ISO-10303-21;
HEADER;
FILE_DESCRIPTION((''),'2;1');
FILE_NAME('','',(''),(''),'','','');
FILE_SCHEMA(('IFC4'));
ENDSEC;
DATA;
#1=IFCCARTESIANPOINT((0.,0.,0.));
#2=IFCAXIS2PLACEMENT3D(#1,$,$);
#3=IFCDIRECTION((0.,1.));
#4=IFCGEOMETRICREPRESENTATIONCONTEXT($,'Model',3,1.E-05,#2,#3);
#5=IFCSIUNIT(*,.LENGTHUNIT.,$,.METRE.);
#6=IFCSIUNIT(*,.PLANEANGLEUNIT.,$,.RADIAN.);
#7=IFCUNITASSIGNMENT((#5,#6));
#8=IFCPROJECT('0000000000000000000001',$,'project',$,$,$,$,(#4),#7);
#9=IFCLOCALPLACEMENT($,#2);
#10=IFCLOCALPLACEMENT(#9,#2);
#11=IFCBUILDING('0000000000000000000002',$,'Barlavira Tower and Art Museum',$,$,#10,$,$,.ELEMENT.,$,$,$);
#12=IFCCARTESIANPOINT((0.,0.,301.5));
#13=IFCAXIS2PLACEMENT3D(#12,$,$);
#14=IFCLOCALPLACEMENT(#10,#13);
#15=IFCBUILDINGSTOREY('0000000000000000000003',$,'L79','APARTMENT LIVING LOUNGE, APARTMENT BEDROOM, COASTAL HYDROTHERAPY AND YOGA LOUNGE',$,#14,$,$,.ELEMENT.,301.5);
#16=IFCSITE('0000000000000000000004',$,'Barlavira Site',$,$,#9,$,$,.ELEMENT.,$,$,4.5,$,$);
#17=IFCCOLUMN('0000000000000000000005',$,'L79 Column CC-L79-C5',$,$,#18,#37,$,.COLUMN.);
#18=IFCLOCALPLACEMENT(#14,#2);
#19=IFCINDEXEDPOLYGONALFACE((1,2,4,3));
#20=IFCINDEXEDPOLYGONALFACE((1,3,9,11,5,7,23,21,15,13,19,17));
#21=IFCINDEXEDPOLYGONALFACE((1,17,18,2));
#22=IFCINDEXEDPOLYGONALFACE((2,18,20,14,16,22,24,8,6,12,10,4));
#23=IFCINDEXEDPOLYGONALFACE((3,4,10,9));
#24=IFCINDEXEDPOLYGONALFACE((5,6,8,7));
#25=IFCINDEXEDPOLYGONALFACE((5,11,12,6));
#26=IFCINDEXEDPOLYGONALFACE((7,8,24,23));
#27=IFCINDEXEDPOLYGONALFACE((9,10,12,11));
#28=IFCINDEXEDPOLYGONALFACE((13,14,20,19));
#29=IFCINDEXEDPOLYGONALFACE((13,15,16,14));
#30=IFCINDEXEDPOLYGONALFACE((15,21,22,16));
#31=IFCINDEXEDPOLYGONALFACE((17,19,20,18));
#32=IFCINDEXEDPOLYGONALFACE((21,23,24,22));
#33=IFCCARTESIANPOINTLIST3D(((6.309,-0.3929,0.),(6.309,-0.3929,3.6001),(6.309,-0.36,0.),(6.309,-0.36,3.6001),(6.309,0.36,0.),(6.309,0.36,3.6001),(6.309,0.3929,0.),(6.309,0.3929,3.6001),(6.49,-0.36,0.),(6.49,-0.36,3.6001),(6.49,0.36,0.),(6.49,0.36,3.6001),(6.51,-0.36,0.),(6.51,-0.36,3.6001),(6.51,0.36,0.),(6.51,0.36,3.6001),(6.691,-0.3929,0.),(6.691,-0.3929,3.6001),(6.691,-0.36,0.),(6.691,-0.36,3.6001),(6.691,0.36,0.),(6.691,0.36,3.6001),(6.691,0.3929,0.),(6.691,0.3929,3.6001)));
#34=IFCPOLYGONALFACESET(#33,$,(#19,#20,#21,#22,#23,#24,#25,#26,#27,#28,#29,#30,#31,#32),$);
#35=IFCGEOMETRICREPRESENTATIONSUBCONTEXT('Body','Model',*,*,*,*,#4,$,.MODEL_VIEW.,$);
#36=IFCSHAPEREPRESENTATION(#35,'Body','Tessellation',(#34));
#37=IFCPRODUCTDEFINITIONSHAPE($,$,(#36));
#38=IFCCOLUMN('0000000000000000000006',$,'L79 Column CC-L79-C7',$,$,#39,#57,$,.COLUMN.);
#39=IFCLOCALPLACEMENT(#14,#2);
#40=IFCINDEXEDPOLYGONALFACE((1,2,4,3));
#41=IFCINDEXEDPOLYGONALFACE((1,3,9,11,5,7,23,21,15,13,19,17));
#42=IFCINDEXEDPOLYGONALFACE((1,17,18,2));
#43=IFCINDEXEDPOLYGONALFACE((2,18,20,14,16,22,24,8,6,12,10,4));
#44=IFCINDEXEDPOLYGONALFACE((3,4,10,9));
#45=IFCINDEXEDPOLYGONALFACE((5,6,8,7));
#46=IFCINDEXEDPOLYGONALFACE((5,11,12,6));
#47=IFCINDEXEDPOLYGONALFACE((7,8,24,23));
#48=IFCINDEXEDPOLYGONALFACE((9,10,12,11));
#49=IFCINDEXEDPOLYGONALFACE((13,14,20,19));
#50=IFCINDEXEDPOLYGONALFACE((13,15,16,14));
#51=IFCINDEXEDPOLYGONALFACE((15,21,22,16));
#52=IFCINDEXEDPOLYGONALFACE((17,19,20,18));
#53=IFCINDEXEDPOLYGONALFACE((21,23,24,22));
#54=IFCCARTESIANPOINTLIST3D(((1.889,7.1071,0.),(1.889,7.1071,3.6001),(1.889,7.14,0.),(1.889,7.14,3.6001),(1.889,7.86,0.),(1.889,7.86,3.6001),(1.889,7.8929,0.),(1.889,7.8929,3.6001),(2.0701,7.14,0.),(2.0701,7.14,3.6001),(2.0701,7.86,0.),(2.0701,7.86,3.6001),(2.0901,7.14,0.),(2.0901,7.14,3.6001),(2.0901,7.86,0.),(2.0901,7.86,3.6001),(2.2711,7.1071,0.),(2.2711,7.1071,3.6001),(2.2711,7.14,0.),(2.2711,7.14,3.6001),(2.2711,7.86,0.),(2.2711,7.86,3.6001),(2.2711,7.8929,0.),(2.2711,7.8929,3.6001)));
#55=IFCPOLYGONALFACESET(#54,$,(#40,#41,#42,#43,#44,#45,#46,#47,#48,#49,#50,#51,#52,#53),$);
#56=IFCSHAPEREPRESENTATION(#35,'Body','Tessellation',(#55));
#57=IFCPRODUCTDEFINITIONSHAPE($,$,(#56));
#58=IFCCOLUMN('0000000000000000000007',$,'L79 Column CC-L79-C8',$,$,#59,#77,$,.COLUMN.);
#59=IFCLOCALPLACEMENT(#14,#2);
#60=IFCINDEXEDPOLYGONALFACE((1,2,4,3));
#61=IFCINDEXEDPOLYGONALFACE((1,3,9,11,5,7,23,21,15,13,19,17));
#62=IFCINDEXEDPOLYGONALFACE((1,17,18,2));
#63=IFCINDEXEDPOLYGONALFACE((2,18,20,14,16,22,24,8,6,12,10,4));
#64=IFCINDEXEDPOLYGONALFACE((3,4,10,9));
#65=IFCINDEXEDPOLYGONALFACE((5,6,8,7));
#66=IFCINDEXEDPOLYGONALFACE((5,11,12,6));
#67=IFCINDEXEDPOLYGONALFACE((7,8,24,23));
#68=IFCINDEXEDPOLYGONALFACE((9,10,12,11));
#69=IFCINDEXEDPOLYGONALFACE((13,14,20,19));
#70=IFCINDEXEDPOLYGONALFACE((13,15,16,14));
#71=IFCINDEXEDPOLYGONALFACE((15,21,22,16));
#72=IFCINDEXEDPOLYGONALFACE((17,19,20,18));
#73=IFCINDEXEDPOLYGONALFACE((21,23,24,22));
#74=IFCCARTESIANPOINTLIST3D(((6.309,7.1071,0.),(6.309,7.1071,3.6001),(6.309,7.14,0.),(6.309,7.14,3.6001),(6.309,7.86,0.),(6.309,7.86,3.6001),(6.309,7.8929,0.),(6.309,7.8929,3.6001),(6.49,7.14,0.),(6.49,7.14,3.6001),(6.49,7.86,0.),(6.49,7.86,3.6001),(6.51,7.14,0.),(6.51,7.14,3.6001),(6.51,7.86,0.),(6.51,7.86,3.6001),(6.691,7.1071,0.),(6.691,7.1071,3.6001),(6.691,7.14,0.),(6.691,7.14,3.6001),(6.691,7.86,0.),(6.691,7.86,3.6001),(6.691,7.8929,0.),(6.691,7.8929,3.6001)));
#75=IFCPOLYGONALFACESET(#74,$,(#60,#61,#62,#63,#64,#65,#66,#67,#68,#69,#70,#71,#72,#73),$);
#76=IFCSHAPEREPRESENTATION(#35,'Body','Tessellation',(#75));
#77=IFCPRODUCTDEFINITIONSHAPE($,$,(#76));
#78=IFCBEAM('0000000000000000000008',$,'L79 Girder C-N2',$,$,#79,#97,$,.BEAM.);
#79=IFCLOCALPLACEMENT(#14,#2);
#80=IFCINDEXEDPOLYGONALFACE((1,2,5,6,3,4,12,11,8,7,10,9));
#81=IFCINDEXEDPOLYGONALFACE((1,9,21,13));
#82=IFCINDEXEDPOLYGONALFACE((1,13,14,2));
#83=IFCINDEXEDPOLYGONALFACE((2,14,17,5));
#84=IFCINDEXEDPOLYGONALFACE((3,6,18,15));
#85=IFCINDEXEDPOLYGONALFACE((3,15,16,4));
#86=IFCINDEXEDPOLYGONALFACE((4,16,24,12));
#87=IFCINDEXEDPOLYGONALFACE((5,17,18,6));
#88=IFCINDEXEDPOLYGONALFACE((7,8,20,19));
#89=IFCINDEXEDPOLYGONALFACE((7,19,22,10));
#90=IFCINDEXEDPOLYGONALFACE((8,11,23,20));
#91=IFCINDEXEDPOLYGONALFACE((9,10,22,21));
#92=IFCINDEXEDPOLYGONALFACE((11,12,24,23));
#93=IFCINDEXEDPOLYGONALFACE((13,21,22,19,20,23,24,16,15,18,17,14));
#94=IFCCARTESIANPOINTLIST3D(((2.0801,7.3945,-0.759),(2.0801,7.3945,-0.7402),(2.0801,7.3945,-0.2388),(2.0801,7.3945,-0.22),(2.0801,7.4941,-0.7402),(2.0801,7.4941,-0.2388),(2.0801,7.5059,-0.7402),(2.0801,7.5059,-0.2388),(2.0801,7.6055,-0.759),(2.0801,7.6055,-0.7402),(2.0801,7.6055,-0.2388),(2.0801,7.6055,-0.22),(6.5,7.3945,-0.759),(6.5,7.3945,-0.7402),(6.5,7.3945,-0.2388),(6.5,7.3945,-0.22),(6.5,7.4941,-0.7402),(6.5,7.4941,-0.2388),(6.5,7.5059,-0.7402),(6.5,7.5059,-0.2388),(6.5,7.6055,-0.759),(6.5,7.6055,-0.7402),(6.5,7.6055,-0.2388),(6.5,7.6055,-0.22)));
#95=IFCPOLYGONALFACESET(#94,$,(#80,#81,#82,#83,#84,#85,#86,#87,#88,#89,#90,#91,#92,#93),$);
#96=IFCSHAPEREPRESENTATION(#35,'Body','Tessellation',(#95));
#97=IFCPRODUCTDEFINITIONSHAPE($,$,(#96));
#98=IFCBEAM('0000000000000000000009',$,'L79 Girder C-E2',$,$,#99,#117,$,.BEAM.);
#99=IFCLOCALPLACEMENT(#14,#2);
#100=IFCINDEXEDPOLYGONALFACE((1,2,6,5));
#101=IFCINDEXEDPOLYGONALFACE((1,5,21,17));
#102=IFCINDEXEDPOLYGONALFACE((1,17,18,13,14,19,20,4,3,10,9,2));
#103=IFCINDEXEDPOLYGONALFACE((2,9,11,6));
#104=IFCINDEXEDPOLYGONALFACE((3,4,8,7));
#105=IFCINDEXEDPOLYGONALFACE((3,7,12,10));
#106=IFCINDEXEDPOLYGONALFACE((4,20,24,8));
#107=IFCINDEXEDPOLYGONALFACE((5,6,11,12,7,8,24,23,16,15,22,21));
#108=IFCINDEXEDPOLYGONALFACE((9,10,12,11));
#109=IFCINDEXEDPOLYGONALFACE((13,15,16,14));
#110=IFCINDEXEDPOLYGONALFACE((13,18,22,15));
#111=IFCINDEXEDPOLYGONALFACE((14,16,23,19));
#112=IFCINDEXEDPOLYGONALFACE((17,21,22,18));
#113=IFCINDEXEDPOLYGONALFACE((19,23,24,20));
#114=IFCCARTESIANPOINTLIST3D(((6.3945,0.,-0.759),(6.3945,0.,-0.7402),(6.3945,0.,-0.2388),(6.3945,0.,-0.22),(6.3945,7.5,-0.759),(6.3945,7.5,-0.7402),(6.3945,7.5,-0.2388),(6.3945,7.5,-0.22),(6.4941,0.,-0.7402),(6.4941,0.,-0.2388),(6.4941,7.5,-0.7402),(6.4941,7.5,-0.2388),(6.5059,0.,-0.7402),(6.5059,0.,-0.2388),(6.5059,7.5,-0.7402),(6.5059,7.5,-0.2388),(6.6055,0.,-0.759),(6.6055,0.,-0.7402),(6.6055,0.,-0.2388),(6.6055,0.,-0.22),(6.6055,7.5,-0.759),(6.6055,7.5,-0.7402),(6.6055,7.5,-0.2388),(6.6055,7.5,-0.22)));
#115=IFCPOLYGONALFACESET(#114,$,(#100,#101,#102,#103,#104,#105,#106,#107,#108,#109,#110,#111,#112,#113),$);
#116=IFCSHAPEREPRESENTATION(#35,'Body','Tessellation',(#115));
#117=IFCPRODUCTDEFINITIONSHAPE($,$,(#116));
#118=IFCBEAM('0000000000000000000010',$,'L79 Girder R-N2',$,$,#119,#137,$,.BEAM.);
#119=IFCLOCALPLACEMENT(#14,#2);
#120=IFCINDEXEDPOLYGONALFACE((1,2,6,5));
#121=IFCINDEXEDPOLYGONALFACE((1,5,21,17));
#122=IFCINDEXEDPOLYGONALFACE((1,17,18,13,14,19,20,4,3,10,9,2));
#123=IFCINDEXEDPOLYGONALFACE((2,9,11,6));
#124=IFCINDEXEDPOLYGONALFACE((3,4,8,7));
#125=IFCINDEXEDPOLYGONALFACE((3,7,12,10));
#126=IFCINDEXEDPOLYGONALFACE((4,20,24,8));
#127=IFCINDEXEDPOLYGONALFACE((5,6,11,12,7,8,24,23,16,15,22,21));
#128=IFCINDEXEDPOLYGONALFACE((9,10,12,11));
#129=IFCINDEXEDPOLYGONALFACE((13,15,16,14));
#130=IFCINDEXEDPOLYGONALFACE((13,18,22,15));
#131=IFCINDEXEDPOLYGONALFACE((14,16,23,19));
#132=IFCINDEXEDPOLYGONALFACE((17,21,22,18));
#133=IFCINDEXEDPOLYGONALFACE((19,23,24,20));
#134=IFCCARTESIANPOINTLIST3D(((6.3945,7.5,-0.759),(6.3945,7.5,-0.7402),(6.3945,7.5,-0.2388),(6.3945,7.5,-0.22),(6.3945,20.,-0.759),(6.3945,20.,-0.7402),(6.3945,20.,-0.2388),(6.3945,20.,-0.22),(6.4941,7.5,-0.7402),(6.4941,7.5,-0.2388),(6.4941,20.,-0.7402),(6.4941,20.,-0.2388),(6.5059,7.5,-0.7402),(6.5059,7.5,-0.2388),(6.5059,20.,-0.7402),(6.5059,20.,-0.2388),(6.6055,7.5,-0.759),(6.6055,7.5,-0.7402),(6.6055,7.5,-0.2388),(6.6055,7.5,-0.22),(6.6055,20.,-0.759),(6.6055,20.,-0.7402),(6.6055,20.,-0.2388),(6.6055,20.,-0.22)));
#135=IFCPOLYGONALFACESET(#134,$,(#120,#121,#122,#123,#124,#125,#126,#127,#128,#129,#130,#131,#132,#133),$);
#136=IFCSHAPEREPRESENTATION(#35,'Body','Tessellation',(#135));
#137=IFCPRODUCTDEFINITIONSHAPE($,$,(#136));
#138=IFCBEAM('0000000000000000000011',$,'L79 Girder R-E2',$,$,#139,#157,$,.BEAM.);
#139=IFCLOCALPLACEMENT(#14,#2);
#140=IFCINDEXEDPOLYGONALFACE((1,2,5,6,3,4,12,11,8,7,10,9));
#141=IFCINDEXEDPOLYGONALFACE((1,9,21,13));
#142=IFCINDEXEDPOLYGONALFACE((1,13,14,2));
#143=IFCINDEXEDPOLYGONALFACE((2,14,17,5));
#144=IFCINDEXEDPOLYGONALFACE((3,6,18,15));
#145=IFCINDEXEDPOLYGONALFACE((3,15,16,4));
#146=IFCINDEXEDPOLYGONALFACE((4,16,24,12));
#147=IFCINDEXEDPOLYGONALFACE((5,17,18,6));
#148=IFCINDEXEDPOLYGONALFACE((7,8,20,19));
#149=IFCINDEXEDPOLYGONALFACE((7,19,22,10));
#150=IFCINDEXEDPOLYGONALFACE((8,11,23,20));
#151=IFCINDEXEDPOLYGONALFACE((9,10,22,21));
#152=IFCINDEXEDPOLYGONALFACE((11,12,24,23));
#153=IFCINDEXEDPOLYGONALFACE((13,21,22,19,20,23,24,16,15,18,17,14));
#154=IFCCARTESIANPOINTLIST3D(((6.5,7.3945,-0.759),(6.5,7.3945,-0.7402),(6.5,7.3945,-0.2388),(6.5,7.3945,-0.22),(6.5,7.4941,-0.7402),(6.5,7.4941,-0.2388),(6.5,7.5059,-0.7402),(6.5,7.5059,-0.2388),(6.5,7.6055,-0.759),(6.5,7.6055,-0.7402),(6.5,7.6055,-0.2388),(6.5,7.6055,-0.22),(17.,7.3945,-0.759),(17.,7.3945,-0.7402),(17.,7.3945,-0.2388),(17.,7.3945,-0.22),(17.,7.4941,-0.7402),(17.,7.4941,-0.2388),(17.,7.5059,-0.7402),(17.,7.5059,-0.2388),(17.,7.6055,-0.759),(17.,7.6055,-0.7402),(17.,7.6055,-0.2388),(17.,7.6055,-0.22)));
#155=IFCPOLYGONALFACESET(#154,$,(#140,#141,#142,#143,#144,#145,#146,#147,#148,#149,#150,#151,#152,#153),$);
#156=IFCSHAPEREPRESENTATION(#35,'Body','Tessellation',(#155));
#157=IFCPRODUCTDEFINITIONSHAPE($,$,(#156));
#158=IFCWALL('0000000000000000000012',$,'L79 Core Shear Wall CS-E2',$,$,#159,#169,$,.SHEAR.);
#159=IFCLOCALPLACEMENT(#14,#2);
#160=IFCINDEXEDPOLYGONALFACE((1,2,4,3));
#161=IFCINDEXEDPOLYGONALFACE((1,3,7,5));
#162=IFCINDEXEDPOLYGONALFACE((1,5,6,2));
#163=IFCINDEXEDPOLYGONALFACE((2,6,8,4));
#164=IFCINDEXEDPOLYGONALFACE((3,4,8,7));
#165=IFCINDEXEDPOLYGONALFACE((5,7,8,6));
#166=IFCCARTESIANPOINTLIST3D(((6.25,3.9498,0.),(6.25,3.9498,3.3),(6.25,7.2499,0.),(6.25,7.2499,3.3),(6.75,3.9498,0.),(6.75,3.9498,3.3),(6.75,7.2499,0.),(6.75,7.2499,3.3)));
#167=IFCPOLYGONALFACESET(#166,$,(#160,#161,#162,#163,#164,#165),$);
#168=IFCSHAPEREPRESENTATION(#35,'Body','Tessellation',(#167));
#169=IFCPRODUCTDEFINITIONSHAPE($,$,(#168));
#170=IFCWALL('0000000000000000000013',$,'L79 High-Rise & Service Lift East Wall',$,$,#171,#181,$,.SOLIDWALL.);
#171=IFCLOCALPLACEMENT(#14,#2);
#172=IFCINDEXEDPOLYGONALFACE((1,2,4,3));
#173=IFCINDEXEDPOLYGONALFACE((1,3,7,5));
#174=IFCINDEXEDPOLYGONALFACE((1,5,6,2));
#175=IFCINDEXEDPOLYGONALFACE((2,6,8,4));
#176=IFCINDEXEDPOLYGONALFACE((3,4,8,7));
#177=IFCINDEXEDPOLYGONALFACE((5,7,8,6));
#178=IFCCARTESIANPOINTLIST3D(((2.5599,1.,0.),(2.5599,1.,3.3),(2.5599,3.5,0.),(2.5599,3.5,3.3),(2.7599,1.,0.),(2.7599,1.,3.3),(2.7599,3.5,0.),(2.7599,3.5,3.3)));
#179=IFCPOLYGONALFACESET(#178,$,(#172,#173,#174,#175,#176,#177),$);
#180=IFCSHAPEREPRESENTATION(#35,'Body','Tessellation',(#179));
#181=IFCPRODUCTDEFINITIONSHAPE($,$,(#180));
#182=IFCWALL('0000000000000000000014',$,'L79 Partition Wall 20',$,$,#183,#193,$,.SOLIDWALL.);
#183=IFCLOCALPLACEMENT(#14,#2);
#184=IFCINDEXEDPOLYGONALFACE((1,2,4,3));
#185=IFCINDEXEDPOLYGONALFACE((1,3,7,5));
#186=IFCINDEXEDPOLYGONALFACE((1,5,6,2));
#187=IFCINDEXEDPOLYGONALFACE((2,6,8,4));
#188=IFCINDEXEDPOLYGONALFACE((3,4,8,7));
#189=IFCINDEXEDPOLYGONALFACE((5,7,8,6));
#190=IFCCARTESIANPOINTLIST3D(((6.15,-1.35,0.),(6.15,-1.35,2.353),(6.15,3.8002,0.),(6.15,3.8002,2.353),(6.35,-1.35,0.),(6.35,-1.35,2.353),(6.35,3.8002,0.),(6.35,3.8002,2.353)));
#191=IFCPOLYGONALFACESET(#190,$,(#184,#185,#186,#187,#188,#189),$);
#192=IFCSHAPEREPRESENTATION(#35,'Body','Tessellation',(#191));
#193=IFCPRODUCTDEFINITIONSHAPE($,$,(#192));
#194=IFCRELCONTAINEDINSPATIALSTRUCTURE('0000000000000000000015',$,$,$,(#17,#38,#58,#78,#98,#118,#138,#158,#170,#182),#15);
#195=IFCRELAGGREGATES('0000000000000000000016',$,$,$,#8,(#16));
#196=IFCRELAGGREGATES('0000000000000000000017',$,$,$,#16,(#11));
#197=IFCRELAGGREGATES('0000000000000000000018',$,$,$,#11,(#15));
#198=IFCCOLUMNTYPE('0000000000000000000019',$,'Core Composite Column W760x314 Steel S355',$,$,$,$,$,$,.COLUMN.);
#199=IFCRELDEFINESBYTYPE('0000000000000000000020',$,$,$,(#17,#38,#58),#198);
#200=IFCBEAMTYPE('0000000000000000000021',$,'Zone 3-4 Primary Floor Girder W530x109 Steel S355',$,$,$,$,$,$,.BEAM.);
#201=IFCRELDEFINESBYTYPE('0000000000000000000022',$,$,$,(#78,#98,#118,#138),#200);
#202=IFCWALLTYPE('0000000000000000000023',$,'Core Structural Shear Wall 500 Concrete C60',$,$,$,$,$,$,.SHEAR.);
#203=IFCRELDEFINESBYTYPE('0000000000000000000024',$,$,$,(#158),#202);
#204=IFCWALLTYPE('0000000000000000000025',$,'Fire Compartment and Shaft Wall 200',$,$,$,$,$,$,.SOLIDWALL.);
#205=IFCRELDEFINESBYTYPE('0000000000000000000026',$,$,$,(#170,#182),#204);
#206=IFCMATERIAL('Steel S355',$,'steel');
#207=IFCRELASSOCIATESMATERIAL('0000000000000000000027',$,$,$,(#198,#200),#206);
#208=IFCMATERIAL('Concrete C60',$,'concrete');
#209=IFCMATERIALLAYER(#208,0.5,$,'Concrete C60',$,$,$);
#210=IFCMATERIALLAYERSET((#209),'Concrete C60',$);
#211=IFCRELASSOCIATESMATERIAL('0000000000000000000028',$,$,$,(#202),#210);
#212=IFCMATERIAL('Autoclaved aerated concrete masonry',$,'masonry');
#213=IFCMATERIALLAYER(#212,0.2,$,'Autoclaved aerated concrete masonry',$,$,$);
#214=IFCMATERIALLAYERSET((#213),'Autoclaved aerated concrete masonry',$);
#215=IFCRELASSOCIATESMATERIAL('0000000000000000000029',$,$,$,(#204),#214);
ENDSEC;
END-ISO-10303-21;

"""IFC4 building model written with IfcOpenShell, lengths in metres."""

from ifc_helpers import new_model, si_unit, direction, frame, frame_2d, origin, origin_2d, place, context, subcontext, project, spatial, rectangle, i_section, extrude, material, layer, layer_set, material_profile, profile_set, type_object, element, save


model = new_model("IFC4")

# Units and contexts
model_context = context("Model", 3, precision=1e-05, world=origin(), true_north=direction((0.0, 1.0)))
body_context = subcontext(model_context, "Body", "Model", "MODEL_VIEW")
ifc_project = project(units=[si_unit("LENGTHUNIT", "METRE"), si_unit("PLANEANGLEUNIT", "RADIAN")], contexts=[model_context])

# Site, building, storey
site_placement = place(None, origin())
site = spatial("IfcSite", under=ifc_project, at=site_placement, Name="Barlavira Site", CompositionType="ELEMENT", RefElevation=4.5)
building_placement = place(site_placement, origin())
building = spatial("IfcBuilding", under=site, at=building_placement, Name="Barlavira Tower and Art Museum", CompositionType="ELEMENT")
storey_placement = place(building_placement, frame((0.0, 0.0, 301.5)))
storey = spatial("IfcBuildingStorey", under=building, at=storey_placement, Name="L79", Description="APARTMENT LIVING LOUNGE, APARTMENT BEDROOM, COASTAL HYDROTHERAPY AND YOGA LOUNGE", CompositionType="ELEMENT", Elevation=301.5)

# Columns
ifc_material_1 = material(Name="Steel S355", Category="steel")
ifc_material_profile_1 = material_profile(ifc_material_1, i_section(OverallWidth=0.3821, OverallDepth=0.7859, WebThickness=0.02, FlangeThickness=0.033, at=origin_2d()), Name="W760x314.0")
ifc_profile_set_1 = profile_set([ifc_material_profile_1], Name="Steel S355")
column_type = type_object("IfcColumnType", Name="Core Composite Column W760x314 Steel S355", PredefinedType="COLUMN", material=ifc_profile_set_1)
for number, where, z_axis, x_axis, name in (
    (1, (6.5, 0.0, 0.0), (0.0, 0.0, 1.0), (1.0, 0.0, 0.0), "L79 Column CC-L79-C5"),
    (2, (2.0801, 7.5, 0.0), (0.0, 0.0, 1.0), (1.0, 0.0, 0.0), "L79 Column CC-L79-C7"),
    (3, (6.5, 7.5, 0.0), (0.0, 0.0, 1.0), (1.0, 0.0, 0.0), "L79 Column CC-L79-C8"),
):
    element("IfcColumn", number, at=place(storey_placement, frame(where, z_axis=z_axis, x_axis=x_axis)), inside=storey, type_object=column_type, Name=name, PredefinedType="COLUMN", context=body_context, shape_type="SweptSolid", body=[
        extrude(i_section(OverallWidth=0.3821, OverallDepth=0.7859, WebThickness=0.02, FlangeThickness=0.033, at=origin_2d()), origin(), (0.0, 0.0, 1.0), 3.6001),
    ])

# Beams
ifc_material_profile_2 = material_profile(ifc_material_1, i_section(OverallWidth=0.2109, OverallDepth=0.5391, WebThickness=0.0117, FlangeThickness=0.0188, at=origin_2d()), Name="W530x109.0")
ifc_profile_set_2 = profile_set([ifc_material_profile_2], Name="Steel S355")
beam_type = type_object("IfcBeamType", Name="Zone 3-4 Primary Floor Girder W530x109 Steel S355", PredefinedType="BEAM", material=ifc_profile_set_2)
beam_1_placement = place(storey_placement, frame((2.0801, 7.5, -0.4895), z_axis=(1.0, 0.0, 0.0), x_axis=(0.0, 1.0, 0.0)))
element("IfcBeam", 4, at=beam_1_placement, inside=storey, type_object=beam_type, Name="L79 Girder C-N2", PredefinedType="BEAM", context=body_context, shape_type="SweptSolid", body=[
    extrude(i_section(OverallWidth=0.2109, OverallDepth=0.5391, WebThickness=0.0117, FlangeThickness=0.0188, at=origin_2d()), origin(), (0.0, 0.0, 1.0), 4.4199),
])
beam_2_placement = place(storey_placement, frame((6.5, 0.0, -0.4895), z_axis=(0.0, 1.0, 0.0), x_axis=(-1.0, 0.0, 0.0)))
element("IfcBeam", 5, at=beam_2_placement, inside=storey, type_object=beam_type, Name="L79 Girder C-E2", PredefinedType="BEAM", context=body_context, shape_type="SweptSolid", body=[
    extrude(i_section(OverallWidth=0.2109, OverallDepth=0.5391, WebThickness=0.0117, FlangeThickness=0.0188, at=origin_2d()), origin(), (0.0, 0.0, 1.0), 7.5),
])
beam_3_placement = place(storey_placement, frame((6.5, 7.5, -0.4895), z_axis=(0.0, 1.0, 0.0), x_axis=(-1.0, 0.0, 0.0)))
element("IfcBeam", 6, at=beam_3_placement, inside=storey, type_object=beam_type, Name="L79 Girder R-N2", PredefinedType="BEAM", context=body_context, shape_type="SweptSolid", body=[
    extrude(i_section(OverallWidth=0.2109, OverallDepth=0.5391, WebThickness=0.0117, FlangeThickness=0.0188, at=origin_2d()), origin(), (0.0, 0.0, 1.0), 12.5),
])
beam_4_placement = place(storey_placement, frame((6.5, 7.5, -0.4895), z_axis=(1.0, 0.0, 0.0), x_axis=(0.0, 1.0, 0.0)))
element("IfcBeam", 7, at=beam_4_placement, inside=storey, type_object=beam_type, Name="L79 Girder R-E2", PredefinedType="BEAM", context=body_context, shape_type="SweptSolid", body=[
    extrude(i_section(OverallWidth=0.2109, OverallDepth=0.5391, WebThickness=0.0117, FlangeThickness=0.0188, at=origin_2d()), origin(), (0.0, 0.0, 1.0), 10.5),
])

# Walls
ifc_material_2 = material(Name="Concrete C60", Category="concrete")
ifc_layer_1 = layer(ifc_material_2, 0.5, Name="Concrete C60")
ifc_layer_set_1 = layer_set([ifc_layer_1], Name="Concrete C60")
wall_type_1 = type_object("IfcWallType", Name="Core Structural Shear Wall 500 Concrete C60", PredefinedType="SHEAR", material=ifc_layer_set_1)
wall_1_placement = place(storey_placement, frame((6.5, 3.95, 0.0), z_axis=(0.0, 0.0, 1.0), x_axis=(0.0, 1.0, 0.0)))
element("IfcWall", 8, at=wall_1_placement, inside=storey, type_object=wall_type_1, Name="L79 Core Shear Wall CS-E2", PredefinedType="SHEAR", context=body_context, shape_type="SweptSolid", body=[
    extrude(rectangle(XDim=3.3, YDim=0.5, at=frame_2d((1.6499, 0.0))), origin(), (0.0, 0.0, 1.0), 3.3),
])
ifc_material_3 = material(Name="Autoclaved aerated concrete masonry", Category="masonry")
ifc_layer_2 = layer(ifc_material_3, 0.2, Name="Autoclaved aerated concrete masonry")
ifc_layer_set_2 = layer_set([ifc_layer_2], Name="Autoclaved aerated concrete masonry")
wall_type_2 = type_object("IfcWallType", Name="Fire Compartment and Shaft Wall 200", PredefinedType="SOLIDWALL", material=ifc_layer_set_2)
wall_2_placement = place(storey_placement, frame((2.6599, 1.0, 0.0), z_axis=(0.0, 0.0, 1.0), x_axis=(0.0, 1.0, 0.0)))
element("IfcWall", 9, at=wall_2_placement, inside=storey, type_object=wall_type_2, Name="L79 High-Rise & Service Lift East Wall", PredefinedType="SOLIDWALL", context=body_context, shape_type="SweptSolid", body=[
    extrude(rectangle(XDim=2.5, YDim=0.2, at=frame_2d((1.25, 0.0))), origin(), (0.0, 0.0, 1.0), 3.3),
])

# Wall
wall_3_placement = place(storey_placement, frame((6.25, -1.3501, 0.0), z_axis=(0.0, 0.0, 1.0), x_axis=(0.0, 1.0, 0.0)))
element("IfcWall", 10, at=wall_3_placement, inside=storey, type_object=wall_type_2, Name="L79 Partition Wall 20", PredefinedType="SOLIDWALL", context=body_context, shape_type="SweptSolid", body=[
    extrude(rectangle(XDim=5.1501, YDim=0.2, at=frame_2d((2.5752, 0.0))), origin(), (0.0, 0.0, 1.0), 2.353),
])

save(model, "model.ifc")
